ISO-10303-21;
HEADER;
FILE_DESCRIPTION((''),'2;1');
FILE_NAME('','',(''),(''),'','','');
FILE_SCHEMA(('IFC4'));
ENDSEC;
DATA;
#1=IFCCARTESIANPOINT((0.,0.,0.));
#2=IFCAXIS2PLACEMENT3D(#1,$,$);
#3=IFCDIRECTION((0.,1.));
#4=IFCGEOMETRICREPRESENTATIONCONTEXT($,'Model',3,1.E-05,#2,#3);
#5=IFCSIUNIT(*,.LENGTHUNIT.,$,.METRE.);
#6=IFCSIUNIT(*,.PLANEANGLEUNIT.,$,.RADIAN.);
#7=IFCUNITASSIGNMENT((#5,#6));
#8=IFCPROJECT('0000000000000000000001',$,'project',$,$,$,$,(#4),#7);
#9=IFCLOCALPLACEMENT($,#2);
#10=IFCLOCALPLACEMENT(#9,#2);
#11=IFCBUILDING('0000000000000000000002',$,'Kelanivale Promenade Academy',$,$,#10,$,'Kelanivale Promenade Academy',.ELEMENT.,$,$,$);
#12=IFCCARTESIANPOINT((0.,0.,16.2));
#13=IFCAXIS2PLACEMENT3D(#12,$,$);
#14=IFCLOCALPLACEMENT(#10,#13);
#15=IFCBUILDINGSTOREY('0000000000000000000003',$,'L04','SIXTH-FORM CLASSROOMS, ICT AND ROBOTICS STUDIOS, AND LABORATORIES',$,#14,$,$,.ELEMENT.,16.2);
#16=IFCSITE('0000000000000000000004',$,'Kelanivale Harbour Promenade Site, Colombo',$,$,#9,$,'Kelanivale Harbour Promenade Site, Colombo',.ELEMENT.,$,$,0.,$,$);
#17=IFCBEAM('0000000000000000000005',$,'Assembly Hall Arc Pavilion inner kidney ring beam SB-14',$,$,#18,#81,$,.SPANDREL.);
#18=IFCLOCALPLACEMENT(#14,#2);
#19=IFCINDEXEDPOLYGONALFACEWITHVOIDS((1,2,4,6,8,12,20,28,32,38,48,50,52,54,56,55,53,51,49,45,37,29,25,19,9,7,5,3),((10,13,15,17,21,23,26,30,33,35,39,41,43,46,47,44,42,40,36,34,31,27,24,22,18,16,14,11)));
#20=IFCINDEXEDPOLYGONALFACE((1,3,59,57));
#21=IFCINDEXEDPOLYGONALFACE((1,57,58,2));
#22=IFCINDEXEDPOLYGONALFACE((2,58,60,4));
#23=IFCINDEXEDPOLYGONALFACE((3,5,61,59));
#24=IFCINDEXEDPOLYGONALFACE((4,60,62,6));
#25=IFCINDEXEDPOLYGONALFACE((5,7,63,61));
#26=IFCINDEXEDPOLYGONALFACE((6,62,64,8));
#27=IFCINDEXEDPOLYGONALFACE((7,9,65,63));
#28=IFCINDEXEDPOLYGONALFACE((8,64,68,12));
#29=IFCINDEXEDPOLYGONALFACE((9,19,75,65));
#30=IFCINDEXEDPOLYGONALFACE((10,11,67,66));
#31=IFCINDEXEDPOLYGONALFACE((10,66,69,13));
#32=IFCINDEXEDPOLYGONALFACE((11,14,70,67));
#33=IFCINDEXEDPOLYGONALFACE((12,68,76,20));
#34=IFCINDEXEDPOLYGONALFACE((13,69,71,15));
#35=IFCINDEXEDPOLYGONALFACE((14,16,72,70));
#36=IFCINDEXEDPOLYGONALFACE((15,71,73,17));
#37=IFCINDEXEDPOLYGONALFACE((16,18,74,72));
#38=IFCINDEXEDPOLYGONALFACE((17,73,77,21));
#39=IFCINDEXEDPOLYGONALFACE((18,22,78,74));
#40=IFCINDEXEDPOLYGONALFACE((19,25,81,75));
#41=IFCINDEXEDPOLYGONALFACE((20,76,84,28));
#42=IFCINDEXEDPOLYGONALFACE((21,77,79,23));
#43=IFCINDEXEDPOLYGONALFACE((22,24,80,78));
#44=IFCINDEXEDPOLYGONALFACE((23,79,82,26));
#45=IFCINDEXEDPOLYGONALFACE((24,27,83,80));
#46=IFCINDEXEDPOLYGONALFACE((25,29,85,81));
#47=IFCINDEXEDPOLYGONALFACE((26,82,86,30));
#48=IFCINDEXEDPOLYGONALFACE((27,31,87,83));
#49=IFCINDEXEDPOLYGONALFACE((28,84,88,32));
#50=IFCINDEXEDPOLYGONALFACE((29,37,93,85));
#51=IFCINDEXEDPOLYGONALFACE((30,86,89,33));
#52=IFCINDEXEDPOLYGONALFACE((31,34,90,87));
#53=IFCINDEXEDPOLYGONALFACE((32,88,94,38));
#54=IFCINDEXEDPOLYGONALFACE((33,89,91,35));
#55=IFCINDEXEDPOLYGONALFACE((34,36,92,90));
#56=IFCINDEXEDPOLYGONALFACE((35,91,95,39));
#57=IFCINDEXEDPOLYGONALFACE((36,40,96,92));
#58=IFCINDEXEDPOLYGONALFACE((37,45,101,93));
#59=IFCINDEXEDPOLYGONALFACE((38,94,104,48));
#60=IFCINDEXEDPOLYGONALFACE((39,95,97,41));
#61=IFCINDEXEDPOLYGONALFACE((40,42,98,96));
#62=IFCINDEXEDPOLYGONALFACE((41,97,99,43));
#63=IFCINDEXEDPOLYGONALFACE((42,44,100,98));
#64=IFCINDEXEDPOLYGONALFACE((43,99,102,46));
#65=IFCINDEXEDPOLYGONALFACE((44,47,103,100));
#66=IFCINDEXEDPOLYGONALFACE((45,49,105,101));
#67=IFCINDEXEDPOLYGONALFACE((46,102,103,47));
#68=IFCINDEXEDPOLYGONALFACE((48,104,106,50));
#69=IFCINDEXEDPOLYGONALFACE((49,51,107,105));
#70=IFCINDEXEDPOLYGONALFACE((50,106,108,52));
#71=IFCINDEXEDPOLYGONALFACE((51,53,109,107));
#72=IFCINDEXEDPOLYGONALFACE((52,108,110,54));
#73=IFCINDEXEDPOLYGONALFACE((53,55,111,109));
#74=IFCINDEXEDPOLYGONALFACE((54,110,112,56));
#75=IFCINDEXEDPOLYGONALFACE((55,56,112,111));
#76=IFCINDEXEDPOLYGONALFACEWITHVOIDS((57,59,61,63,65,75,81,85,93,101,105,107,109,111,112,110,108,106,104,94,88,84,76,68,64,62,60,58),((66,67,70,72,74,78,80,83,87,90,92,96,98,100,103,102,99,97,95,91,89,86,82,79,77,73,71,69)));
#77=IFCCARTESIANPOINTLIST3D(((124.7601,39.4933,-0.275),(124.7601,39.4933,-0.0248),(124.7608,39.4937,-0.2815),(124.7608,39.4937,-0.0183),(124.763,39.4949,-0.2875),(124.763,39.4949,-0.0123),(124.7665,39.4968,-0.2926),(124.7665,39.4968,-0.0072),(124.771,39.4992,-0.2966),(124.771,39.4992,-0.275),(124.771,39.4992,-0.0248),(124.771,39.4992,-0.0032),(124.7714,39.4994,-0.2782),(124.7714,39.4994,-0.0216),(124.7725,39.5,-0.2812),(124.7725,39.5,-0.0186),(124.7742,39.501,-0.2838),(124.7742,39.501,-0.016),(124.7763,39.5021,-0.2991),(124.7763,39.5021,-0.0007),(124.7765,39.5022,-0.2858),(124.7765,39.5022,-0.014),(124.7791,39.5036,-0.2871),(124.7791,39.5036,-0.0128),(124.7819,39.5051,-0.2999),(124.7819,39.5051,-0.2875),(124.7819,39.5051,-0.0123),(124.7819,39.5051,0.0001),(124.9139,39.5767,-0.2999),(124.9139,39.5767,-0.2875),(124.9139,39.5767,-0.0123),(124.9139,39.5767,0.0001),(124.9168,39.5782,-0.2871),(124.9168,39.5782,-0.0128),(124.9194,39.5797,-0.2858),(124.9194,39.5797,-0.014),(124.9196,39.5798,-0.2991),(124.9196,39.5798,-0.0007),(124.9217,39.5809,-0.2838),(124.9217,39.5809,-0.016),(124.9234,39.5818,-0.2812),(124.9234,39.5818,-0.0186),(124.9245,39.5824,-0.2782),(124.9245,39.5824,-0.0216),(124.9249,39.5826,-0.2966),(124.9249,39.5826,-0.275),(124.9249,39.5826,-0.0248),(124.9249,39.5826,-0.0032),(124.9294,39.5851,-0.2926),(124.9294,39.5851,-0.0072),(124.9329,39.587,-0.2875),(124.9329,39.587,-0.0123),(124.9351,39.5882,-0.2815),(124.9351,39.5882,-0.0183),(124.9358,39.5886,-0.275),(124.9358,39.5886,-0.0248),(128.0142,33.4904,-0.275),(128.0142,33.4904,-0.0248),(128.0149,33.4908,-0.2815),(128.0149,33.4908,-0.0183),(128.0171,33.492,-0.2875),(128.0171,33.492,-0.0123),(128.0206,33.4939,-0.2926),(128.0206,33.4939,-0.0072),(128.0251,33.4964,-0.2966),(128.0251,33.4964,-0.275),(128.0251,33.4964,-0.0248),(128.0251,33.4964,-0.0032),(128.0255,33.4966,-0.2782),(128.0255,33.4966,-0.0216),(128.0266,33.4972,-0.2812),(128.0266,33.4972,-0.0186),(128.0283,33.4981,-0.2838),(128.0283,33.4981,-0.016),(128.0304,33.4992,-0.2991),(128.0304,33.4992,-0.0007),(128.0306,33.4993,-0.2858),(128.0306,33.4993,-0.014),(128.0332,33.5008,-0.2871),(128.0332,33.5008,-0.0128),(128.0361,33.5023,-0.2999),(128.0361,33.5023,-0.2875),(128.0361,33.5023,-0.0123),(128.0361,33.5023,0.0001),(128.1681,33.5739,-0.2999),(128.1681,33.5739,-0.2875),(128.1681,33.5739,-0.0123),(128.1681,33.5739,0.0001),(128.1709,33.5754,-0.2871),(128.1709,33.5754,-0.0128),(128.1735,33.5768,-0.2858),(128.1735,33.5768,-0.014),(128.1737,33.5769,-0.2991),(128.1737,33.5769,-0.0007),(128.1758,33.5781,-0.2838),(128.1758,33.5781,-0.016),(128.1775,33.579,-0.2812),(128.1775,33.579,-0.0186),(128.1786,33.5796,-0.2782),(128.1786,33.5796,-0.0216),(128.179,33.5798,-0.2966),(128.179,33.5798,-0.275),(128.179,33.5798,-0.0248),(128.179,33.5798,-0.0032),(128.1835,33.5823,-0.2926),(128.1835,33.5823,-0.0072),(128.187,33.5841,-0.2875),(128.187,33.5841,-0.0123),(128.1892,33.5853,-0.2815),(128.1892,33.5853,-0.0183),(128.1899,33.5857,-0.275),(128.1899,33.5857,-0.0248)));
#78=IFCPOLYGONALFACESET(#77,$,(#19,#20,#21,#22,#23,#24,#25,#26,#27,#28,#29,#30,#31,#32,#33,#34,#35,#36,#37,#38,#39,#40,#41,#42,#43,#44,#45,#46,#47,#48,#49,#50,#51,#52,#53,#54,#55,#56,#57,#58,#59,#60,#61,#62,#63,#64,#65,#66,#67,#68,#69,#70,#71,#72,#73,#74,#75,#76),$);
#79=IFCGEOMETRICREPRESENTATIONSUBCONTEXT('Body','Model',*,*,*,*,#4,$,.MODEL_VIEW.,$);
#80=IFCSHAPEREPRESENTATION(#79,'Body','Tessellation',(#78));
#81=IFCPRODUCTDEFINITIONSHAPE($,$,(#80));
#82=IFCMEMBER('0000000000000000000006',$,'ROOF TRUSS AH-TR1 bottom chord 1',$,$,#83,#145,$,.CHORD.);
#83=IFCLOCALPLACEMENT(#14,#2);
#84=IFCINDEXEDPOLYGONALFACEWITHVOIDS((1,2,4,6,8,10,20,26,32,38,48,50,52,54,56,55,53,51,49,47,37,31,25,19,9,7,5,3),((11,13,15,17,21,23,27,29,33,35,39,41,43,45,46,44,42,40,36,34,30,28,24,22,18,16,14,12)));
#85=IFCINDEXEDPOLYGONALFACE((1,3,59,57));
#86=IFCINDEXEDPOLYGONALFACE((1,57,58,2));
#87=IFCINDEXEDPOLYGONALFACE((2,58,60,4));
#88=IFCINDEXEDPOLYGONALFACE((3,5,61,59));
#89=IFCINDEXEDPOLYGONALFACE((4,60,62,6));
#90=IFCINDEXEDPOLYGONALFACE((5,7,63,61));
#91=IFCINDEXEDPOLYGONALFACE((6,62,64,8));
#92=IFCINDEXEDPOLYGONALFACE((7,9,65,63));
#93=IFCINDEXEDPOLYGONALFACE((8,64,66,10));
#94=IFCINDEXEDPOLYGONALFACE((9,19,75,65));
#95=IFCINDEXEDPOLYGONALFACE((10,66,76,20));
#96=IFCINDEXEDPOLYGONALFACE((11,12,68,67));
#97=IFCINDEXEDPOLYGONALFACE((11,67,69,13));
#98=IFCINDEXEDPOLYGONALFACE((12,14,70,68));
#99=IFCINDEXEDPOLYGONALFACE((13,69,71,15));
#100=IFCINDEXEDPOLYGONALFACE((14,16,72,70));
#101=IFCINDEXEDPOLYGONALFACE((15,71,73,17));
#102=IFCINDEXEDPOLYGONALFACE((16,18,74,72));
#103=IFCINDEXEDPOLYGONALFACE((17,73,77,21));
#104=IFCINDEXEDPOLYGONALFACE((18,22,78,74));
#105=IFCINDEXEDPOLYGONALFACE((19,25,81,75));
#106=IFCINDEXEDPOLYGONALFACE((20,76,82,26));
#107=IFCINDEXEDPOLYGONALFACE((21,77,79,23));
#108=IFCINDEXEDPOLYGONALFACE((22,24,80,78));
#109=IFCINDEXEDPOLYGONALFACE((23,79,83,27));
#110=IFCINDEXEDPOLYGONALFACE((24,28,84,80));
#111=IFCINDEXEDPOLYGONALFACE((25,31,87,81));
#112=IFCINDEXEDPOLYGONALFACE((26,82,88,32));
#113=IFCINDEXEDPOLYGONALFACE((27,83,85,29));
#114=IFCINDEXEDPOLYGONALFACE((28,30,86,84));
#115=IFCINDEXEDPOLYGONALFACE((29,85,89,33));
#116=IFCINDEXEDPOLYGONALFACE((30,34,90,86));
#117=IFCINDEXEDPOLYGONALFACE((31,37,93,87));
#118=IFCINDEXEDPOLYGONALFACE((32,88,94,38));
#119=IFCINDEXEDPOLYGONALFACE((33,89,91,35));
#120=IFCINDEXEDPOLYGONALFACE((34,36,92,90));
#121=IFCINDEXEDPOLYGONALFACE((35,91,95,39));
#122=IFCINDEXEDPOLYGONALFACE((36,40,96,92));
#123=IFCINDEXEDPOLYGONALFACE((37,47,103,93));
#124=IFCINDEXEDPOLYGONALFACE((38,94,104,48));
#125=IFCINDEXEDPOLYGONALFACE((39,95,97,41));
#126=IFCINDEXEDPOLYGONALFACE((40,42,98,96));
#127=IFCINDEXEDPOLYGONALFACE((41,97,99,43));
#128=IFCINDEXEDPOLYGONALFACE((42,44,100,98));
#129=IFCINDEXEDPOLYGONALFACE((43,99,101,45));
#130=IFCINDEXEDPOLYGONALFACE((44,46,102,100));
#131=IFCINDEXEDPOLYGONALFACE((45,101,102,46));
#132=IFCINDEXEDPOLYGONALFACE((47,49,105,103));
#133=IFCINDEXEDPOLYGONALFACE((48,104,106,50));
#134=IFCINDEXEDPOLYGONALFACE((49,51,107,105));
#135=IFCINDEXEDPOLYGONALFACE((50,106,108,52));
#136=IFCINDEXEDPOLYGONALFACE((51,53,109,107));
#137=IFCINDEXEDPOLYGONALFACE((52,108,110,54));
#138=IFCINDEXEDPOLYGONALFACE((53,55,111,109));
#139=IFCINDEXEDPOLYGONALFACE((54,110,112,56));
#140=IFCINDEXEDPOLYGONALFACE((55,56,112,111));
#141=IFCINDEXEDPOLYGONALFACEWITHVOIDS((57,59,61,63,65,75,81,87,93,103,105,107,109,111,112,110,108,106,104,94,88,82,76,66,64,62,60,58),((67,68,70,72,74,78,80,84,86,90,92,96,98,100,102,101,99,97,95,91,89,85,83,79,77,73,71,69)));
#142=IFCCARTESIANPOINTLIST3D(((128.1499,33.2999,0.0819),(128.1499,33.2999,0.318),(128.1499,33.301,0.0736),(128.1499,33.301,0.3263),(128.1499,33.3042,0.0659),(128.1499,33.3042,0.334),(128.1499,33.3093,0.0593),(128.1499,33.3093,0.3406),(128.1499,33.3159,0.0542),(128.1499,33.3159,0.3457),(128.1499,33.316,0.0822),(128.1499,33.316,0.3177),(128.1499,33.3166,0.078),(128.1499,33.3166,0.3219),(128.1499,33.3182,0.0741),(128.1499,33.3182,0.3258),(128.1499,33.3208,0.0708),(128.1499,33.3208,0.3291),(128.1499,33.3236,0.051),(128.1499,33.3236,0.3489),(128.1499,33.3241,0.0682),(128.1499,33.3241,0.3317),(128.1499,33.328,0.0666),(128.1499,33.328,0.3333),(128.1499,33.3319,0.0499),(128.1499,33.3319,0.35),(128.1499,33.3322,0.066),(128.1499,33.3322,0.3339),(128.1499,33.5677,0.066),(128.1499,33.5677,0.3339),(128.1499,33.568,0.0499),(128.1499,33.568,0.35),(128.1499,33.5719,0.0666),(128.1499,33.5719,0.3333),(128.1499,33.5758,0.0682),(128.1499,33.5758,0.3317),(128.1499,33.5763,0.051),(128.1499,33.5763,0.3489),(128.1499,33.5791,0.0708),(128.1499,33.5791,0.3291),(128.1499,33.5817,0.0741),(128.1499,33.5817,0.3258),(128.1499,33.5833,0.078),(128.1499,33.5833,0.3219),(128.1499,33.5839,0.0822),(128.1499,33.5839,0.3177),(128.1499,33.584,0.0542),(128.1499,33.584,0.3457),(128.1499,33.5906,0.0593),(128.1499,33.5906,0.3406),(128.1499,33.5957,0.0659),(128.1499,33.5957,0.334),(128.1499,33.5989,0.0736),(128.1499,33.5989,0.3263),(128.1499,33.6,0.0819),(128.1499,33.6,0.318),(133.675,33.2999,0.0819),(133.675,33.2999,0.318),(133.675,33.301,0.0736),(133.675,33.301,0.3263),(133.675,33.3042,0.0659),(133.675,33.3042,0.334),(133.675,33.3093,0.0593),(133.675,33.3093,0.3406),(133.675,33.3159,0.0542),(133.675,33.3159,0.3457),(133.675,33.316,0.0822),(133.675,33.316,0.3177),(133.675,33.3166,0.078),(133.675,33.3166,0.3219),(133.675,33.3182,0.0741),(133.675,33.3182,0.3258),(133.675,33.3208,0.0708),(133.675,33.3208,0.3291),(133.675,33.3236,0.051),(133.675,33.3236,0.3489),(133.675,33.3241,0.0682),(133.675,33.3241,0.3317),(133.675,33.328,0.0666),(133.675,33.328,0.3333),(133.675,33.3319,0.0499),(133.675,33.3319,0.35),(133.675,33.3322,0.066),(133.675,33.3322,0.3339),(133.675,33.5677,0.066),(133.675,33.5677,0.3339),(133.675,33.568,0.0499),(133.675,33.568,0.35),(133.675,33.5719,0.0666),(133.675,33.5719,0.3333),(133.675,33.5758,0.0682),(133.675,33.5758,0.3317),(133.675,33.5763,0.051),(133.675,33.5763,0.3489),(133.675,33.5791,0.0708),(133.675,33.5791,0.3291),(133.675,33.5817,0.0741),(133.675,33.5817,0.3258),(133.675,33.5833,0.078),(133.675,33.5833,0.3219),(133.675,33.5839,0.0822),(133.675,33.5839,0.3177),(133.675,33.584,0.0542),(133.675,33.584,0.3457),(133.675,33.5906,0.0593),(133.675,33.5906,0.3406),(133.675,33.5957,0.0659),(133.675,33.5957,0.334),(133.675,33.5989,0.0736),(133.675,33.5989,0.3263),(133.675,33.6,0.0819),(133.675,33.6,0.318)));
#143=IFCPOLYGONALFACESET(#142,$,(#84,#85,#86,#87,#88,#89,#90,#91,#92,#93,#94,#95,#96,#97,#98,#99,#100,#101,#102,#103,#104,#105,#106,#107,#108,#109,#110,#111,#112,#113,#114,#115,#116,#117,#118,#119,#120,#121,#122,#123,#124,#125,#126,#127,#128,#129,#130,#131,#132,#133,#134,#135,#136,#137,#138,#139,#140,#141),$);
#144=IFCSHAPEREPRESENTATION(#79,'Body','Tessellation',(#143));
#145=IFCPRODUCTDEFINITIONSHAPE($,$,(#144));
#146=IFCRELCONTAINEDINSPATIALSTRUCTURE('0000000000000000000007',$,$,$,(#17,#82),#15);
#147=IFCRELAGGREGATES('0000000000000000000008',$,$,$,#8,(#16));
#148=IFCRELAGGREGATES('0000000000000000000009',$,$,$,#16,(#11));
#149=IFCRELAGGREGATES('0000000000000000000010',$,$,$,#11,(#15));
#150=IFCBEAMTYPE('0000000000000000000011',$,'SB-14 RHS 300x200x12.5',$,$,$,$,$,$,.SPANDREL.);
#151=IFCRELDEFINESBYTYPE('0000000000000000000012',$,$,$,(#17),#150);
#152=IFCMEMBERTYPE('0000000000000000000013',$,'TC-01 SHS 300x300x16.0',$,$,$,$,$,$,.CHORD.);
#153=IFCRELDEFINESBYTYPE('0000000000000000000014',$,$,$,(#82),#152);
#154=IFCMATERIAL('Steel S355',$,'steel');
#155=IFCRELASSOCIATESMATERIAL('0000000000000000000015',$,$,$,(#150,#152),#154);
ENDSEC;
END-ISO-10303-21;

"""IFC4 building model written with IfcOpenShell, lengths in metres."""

from ifc_helpers import new_model, si_unit, direction, frame, origin, origin_2d, place, context, subcontext, project, spatial, hollow_rectangle, extrude, material, material_profile, profile_set, type_object, element, save


model = new_model("IFC4")

# Units and contexts
model_context = context("Model", 3, precision=1e-05, world=origin(), true_north=direction((0.0, 1.0)))
body_context = subcontext(model_context, "Body", "Model", "MODEL_VIEW")
ifc_project = project(units=[si_unit("LENGTHUNIT", "METRE"), si_unit("PLANEANGLEUNIT", "RADIAN")], contexts=[model_context])

# Site, building, storey
site_placement = place(None, origin())
site = spatial("IfcSite", under=ifc_project, at=site_placement, Name="Kelanivale Harbour Promenade Site, Colombo", LongName="Kelanivale Harbour Promenade Site, Colombo", CompositionType="ELEMENT", RefElevation=0.0)
building_placement = place(site_placement, origin())
building = spatial("IfcBuilding", under=site, at=building_placement, Name="Kelanivale Promenade Academy", LongName="Kelanivale Promenade Academy", CompositionType="ELEMENT")
storey_placement = place(building_placement, frame((0.0, 0.0, 16.2)))
storey = spatial("IfcBuildingStorey", under=building, at=storey_placement, Name="L04", Description="SIXTH-FORM CLASSROOMS, ICT AND ROBOTICS STUDIOS, AND LABORATORIES", CompositionType="ELEMENT", Elevation=16.2)

# Shared definitions
ifc_material_1 = material(Name="Steel S355", Category="steel")

# Beam
ifc_material_profile_1 = material_profile(ifc_material_1, hollow_rectangle(XDim=0.2, YDim=0.3, WallThickness=0.0125, InnerFilletRadius=0.0125, OuterFilletRadius=0.0249, at=origin_2d()), Name="RHS 300x200x12.5")
ifc_profile_set_1 = profile_set([ifc_material_profile_1], Name="Steel S355")
beam_type = type_object("IfcBeamType", Name="SB-14 RHS 300x200x12.5", PredefinedType="SPANDREL", material=ifc_profile_set_1)
beam_placement = place(storey_placement, frame((128.1021, 33.5381, -0.1499), z_axis=(-0.476573, 0.879135, 0.0), x_axis=(-0.879135, -0.476573, 0.0)))
element("IfcBeam", 1, at=beam_placement, inside=storey, type_object=beam_type, Name="Assembly Hall Arc Pavilion inner kidney ring beam SB-14", PredefinedType="SPANDREL", context=body_context, shape_type="SweptSolid", body=[
    extrude(hollow_rectangle(XDim=0.2, YDim=0.3, WallThickness=0.0125, InnerFilletRadius=0.0125, OuterFilletRadius=0.0249, at=origin_2d()), origin(), (0.0, 0.0, 1.0), 6.8281),
])

# Member
ifc_material_profile_2 = material_profile(ifc_material_1, hollow_rectangle(XDim=0.3, YDim=0.3, WallThickness=0.0161, InnerFilletRadius=0.0161, OuterFilletRadius=0.032, at=origin_2d()), Name="SHS 300x300x16.0")
ifc_profile_set_2 = profile_set([ifc_material_profile_2], Name="Steel S355")
member_type_1 = type_object("IfcMemberType", Name="TC-01 SHS 300x300x16.0", PredefinedType="CHORD", material=ifc_profile_set_2)
member_1_placement = place(storey_placement, frame((128.1499, 33.45, 0.2), z_axis=(1.0, 0.0, 0.0), x_axis=(0.0, 1.0, 0.0)))
element("IfcMember", 2, at=member_1_placement, inside=storey, type_object=member_type_1, Name="ROOF TRUSS AH-TR1 bottom chord 1", PredefinedType="CHORD", context=body_context, shape_type="SweptSolid", body=[
    extrude(hollow_rectangle(XDim=0.3, YDim=0.3, WallThickness=0.0161, InnerFilletRadius=0.0161, OuterFilletRadius=0.032, at=origin_2d()), origin(), (0.0, 0.0, 1.0), 5.5251),
])

save(model, "model.ifc")
